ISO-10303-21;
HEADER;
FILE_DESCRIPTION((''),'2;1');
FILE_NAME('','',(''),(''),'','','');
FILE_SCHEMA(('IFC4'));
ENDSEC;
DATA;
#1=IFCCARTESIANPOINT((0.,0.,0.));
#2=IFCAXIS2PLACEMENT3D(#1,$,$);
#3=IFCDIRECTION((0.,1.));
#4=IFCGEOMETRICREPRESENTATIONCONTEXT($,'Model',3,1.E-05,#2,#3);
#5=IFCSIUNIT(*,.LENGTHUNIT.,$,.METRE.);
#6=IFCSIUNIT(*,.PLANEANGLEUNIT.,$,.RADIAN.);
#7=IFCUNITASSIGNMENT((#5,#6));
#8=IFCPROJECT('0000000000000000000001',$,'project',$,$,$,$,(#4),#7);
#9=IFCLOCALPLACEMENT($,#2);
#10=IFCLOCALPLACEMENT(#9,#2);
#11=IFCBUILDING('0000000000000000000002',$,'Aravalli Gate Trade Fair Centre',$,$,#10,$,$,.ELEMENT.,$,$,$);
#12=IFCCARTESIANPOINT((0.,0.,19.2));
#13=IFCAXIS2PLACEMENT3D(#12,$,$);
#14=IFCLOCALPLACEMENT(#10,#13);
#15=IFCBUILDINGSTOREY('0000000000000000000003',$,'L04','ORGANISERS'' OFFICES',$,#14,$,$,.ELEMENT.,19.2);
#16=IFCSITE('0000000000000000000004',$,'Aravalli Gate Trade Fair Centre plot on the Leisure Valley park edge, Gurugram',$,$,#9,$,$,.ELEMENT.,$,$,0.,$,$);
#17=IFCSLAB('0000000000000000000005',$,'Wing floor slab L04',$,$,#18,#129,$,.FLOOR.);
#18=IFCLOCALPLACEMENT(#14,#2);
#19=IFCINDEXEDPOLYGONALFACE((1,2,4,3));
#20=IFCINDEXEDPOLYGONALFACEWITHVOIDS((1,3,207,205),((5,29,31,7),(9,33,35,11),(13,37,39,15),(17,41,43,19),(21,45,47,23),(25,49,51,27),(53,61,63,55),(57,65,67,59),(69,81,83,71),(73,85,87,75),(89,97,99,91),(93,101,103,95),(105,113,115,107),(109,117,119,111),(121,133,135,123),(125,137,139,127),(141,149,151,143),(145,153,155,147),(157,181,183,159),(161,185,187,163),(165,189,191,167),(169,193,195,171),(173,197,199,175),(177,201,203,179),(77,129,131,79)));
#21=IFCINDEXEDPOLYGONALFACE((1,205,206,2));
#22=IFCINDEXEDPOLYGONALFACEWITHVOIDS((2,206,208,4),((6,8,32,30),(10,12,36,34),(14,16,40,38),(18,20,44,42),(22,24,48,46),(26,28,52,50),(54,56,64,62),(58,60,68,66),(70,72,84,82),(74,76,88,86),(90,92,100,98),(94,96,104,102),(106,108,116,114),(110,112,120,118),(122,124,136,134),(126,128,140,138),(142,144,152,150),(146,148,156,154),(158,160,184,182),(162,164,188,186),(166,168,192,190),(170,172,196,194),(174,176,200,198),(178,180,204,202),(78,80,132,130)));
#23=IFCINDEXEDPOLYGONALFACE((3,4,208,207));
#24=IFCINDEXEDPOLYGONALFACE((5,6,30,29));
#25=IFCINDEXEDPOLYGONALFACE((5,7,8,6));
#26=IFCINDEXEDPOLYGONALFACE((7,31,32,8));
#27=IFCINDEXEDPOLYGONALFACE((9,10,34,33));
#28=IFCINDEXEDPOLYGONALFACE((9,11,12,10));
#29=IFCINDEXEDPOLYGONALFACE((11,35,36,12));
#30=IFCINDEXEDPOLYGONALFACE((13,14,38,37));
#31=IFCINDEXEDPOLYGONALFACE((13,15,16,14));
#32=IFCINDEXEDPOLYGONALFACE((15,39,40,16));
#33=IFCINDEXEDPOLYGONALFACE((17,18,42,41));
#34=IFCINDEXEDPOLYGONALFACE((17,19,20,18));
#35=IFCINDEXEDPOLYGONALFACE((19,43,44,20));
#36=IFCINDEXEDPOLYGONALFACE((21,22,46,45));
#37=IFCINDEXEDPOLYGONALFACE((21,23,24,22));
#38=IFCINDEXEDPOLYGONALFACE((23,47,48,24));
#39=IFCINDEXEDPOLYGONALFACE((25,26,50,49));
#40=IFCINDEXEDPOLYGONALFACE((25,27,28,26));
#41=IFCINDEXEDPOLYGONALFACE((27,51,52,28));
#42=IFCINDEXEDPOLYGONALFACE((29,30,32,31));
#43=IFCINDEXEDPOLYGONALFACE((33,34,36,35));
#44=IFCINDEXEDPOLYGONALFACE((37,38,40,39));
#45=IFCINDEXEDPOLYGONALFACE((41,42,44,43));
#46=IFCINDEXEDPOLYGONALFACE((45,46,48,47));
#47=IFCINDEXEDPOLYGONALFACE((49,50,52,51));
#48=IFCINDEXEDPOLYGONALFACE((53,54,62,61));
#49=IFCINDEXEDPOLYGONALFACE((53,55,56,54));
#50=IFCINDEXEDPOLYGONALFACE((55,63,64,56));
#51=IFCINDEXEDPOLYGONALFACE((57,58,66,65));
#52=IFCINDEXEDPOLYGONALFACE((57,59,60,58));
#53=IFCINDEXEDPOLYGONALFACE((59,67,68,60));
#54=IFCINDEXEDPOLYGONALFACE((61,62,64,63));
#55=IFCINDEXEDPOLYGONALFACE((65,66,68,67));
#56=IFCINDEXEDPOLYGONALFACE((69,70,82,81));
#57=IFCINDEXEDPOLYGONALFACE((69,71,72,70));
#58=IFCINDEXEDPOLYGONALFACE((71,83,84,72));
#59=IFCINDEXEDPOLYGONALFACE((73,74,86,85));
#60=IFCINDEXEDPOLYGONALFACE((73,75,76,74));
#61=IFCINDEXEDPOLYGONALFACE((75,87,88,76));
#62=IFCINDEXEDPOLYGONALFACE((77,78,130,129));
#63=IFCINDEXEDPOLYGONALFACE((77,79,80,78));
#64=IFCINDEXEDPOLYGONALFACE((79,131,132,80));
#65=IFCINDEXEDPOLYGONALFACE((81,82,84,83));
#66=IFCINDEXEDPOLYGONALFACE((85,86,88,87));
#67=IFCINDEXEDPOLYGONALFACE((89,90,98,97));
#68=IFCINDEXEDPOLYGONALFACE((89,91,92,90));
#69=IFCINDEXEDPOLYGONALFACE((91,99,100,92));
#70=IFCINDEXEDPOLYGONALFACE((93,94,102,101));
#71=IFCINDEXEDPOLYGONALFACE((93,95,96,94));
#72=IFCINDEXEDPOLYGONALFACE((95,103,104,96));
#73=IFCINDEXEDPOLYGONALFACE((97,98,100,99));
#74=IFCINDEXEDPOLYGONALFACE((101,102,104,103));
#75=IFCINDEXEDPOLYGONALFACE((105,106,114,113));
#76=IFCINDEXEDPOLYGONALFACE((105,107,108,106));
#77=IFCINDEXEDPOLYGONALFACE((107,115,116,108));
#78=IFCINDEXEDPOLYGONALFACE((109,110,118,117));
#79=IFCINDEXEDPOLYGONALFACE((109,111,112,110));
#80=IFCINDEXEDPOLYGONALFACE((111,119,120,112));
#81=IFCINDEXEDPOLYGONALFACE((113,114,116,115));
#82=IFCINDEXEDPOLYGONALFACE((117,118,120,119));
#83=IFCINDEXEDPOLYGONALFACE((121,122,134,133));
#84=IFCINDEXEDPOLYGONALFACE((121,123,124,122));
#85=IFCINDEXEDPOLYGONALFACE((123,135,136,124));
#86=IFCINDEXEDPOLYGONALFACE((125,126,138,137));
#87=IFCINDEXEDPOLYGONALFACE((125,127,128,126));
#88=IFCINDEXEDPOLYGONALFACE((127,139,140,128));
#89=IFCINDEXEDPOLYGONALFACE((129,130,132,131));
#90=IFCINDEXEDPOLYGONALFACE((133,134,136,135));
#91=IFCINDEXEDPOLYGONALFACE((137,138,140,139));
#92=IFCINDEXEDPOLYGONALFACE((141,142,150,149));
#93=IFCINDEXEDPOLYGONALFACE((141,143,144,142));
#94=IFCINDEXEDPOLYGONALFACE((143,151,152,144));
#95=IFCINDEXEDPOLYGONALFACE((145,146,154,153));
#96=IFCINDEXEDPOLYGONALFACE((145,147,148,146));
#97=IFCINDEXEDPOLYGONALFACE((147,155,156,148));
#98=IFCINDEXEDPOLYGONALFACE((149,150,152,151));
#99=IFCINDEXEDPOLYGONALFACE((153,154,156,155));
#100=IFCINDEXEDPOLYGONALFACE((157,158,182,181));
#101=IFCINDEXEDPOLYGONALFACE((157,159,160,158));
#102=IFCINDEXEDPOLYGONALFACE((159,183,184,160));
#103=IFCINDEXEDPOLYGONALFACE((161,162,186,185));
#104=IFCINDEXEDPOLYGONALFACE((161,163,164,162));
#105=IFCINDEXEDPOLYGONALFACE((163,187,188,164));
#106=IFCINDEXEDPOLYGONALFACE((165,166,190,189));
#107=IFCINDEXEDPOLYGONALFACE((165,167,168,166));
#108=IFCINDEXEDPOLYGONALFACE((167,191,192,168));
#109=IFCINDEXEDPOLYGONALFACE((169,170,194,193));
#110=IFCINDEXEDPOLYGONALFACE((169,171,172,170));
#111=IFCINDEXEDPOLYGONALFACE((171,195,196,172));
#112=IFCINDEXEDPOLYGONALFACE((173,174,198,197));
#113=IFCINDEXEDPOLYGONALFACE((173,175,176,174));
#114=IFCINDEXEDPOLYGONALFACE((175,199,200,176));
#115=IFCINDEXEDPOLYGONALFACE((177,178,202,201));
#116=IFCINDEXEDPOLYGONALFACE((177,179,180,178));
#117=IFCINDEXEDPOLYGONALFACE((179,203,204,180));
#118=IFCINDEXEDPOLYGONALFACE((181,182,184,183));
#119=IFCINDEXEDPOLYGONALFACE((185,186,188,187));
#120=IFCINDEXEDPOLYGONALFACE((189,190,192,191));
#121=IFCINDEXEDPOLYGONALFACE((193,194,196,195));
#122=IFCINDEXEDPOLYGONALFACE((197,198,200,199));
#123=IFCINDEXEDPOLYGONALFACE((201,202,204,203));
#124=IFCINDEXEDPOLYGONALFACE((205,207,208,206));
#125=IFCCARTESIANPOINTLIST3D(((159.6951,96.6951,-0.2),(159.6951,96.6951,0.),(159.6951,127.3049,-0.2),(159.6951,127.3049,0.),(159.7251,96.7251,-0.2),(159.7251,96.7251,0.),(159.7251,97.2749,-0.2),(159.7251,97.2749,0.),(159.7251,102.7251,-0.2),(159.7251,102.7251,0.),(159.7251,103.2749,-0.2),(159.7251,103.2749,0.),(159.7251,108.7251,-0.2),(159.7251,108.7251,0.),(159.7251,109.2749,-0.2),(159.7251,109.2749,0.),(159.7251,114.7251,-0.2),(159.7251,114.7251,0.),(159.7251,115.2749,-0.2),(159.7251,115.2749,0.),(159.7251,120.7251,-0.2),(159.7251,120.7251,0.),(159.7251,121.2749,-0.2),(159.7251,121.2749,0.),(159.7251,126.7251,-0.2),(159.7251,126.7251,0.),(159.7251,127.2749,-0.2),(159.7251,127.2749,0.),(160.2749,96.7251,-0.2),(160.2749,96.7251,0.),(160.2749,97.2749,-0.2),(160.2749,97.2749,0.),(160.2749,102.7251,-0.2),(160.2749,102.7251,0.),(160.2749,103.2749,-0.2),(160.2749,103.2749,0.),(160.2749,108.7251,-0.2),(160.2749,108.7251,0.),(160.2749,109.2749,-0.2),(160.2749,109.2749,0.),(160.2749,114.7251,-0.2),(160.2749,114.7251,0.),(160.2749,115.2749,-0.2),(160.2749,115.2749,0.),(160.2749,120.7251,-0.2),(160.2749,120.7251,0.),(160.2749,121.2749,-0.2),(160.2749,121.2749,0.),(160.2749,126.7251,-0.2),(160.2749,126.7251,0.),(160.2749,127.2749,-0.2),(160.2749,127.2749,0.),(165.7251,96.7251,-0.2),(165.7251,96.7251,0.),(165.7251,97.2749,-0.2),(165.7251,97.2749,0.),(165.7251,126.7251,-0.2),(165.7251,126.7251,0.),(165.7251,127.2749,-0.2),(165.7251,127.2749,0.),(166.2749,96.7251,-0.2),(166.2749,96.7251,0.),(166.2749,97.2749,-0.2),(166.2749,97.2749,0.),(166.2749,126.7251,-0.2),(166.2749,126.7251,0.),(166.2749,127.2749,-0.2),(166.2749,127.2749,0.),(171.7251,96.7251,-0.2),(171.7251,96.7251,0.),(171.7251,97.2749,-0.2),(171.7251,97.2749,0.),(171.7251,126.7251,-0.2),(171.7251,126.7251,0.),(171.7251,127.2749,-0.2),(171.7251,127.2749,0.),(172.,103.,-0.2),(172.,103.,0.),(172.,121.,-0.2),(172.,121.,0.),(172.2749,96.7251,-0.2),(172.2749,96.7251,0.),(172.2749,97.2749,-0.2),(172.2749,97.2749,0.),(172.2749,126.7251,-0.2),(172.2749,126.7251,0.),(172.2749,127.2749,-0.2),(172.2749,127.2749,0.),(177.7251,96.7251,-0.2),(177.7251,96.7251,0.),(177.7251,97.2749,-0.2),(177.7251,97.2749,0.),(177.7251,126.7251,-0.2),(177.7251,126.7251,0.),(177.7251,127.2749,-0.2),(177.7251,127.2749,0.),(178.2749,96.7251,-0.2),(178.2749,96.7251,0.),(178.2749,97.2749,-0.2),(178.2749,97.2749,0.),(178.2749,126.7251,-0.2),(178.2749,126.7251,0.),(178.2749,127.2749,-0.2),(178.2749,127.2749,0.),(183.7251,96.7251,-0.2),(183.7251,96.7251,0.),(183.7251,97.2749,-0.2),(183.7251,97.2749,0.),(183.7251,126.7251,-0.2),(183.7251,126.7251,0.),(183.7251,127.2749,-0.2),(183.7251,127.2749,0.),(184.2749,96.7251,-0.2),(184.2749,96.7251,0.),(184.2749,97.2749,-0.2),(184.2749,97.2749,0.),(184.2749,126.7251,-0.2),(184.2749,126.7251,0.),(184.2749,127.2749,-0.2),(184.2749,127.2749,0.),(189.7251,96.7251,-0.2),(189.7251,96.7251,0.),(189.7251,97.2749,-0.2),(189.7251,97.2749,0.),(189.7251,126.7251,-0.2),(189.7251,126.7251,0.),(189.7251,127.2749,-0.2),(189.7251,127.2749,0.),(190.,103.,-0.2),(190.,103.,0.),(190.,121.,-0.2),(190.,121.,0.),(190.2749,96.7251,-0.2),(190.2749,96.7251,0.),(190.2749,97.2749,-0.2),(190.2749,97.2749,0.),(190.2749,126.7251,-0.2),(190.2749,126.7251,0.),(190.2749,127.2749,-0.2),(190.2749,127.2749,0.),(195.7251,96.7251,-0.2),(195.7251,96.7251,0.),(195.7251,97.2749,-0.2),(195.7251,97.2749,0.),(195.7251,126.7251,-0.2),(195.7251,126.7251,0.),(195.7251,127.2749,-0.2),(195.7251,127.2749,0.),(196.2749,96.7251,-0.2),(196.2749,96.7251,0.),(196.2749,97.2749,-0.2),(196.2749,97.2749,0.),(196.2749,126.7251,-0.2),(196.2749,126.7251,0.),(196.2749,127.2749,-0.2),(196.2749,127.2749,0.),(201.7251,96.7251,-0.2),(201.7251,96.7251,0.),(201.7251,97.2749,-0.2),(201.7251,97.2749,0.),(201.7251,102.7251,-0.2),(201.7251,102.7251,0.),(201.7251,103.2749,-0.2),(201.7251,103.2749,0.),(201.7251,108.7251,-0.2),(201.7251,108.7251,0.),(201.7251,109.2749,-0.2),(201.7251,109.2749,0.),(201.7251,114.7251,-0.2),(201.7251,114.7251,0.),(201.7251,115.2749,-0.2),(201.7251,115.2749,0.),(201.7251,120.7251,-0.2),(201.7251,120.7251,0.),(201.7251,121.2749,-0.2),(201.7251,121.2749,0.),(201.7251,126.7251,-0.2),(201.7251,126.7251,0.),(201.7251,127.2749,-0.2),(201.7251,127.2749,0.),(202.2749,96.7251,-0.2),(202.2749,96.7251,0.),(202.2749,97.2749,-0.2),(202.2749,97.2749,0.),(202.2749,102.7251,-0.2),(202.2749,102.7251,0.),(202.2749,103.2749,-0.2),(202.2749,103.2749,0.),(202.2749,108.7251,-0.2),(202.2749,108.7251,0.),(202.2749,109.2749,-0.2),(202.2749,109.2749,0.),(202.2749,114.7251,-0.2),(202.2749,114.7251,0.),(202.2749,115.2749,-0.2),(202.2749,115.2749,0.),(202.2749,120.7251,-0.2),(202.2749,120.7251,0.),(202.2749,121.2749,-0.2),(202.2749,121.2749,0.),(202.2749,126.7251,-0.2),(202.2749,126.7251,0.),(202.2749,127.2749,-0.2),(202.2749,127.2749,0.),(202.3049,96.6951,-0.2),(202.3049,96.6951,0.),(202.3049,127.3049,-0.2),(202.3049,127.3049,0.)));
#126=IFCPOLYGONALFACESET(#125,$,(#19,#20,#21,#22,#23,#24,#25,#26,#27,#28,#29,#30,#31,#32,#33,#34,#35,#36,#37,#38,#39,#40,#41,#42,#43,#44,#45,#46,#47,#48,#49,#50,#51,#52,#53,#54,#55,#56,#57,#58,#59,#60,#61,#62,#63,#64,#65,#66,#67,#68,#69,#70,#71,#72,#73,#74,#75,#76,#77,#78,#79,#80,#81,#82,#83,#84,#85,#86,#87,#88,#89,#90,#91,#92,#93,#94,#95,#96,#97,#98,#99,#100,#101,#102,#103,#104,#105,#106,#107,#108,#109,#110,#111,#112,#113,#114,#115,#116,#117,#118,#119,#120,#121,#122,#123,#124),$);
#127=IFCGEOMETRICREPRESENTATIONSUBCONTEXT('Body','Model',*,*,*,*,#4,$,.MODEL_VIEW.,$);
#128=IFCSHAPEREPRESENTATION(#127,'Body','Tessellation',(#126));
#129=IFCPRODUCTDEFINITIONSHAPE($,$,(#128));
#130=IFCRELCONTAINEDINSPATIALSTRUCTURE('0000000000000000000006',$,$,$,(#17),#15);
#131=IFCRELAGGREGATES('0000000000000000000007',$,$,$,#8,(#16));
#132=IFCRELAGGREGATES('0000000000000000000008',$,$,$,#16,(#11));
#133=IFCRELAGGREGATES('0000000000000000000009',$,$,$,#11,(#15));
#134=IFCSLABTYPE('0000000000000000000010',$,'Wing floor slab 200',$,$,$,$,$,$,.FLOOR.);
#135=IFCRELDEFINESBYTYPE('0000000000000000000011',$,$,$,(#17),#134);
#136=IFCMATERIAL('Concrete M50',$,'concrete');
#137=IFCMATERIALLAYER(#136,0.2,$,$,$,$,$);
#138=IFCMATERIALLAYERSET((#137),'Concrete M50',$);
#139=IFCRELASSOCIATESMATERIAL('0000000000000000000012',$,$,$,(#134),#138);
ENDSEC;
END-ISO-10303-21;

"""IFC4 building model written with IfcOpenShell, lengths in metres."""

from ifc_helpers import new_model, si_unit, direction, frame, origin, place, context, subcontext, project, spatial, polyline, outline, extrude, material, layer, layer_set, type_object, element, save


model = new_model("IFC4")

# Units and contexts
model_context = context("Model", 3, precision=1e-05, world=origin(), true_north=direction((0.0, 1.0)))
body_context = subcontext(model_context, "Body", "Model", "MODEL_VIEW")
ifc_project = project(units=[si_unit("LENGTHUNIT", "METRE"), si_unit("PLANEANGLEUNIT", "RADIAN")], contexts=[model_context])

# Site, building, storey
site_placement = place(None, origin())
site = spatial("IfcSite", under=ifc_project, at=site_placement, Name="Aravalli Gate Trade Fair Centre plot on the Leisure Valley park edge, Gurugram", CompositionType="ELEMENT", RefElevation=0.0)
building_placement = place(site_placement, origin())
building = spatial("IfcBuilding", under=site, at=building_placement, Name="Aravalli Gate Trade Fair Centre", CompositionType="ELEMENT")
storey_placement = place(building_placement, frame((0.0, 0.0, 19.2)))
storey = spatial("IfcBuildingStorey", under=building, at=storey_placement, Name="L04", Description="ORGANISERS' OFFICES", CompositionType="ELEMENT", Elevation=19.2)

# Slab
ifc_material_1 = material(Name="Concrete M50", Category="concrete")
ifc_layer_1 = layer(ifc_material_1, 0.2)
ifc_layer_set_1 = layer_set([ifc_layer_1], Name="Concrete M50")
slab_type_1 = type_object("IfcSlabType", Name="Wing floor slab 200", PredefinedType="FLOOR", material=ifc_layer_set_1)
slab_1_placement = place(storey_placement, frame((0.0, 0.0, -0.2)))
element("IfcSlab", 1, at=slab_1_placement, inside=storey, type_object=slab_type_1, Name="Wing floor slab L04", PredefinedType="FLOOR", context=body_context, shape_type="SweptSolid", body=[
    extrude(outline(polyline([(159.6951, 127.3049), (202.3049, 127.3049), (202.3049, 96.6951), (159.6951, 96.6951), (159.6951, 127.3049)]), holes=[polyline([(160.2749, 97.2749), (159.7251, 97.2749), (159.7251, 96.7251), (160.2749, 96.7251), (160.2749, 97.2749)]), polyline([(166.2749, 97.2749), (165.7251, 97.2749), (165.7251, 96.7251), (166.2749, 96.7251), (166.2749, 97.2749)]), polyline([(172.2749, 97.2749), (171.7251, 97.2749), (171.7251, 96.7251), (172.2749, 96.7251), (172.2749, 97.2749)]), polyline([(178.2749, 97.2749), (177.7251, 97.2749), (177.7251, 96.7251), (178.2749, 96.7251), (178.2749, 97.2749)]), polyline([(160.2749, 103.2749), (159.7251, 103.2749), (159.7251, 102.7251), (160.2749, 102.7251), (160.2749, 103.2749)]), polyline([(160.2749, 109.2749), (159.7251, 109.2749), (159.7251, 108.7251), (160.2749, 108.7251), (160.2749, 109.2749)]), polyline([(160.2749, 115.2749), (159.7251, 115.2749), (159.7251, 114.7251), (160.2749, 114.7251), (160.2749, 115.2749)]), polyline([(160.2749, 121.2749), (159.7251, 121.2749), (159.7251, 120.7251), (160.2749, 120.7251), (160.2749, 121.2749)]), polyline([(160.2749, 127.2749), (159.7251, 127.2749), (159.7251, 126.7251), (160.2749, 126.7251), (160.2749, 127.2749)]), polyline([(166.2749, 127.2749), (165.7251, 127.2749), (165.7251, 126.7251), (166.2749, 126.7251), (166.2749, 127.2749)]), polyline([(172.2749, 127.2749), (171.7251, 127.2749), (171.7251, 126.7251), (172.2749, 126.7251), (172.2749, 127.2749)]), polyline([(178.2749, 127.2749), (177.7251, 127.2749), (177.7251, 126.7251), (178.2749, 126.7251), (178.2749, 127.2749)]), polyline([(184.2749, 97.2749), (183.7251, 97.2749), (183.7251, 96.7251), (184.2749, 96.7251), (184.2749, 97.2749)]), polyline([(190.2749, 97.2749), (189.7251, 97.2749), (189.7251, 96.7251), (190.2749, 96.7251), (190.2749, 97.2749)]), polyline([(196.2749, 97.2749), (195.7251, 97.2749), (195.7251, 96.7251), (196.2749, 96.7251), (196.2749, 97.2749)]), polyline([(202.2749, 97.2749), (201.7251, 97.2749), (201.7251, 96.7251), (202.2749, 96.7251), (202.2749, 97.2749)]), polyline([(202.2749, 103.2749), (201.7251, 103.2749), (201.7251, 102.7251), (202.2749, 102.7251), (202.2749, 103.2749)]), polyline([(202.2749, 109.2749), (201.7251, 109.2749), (201.7251, 108.7251), (202.2749, 108.7251), (202.2749, 109.2749)]), polyline([(202.2749, 115.2749), (201.7251, 115.2749), (201.7251, 114.7251), (202.2749, 114.7251), (202.2749, 115.2749)]), polyline([(202.2749, 121.2749), (201.7251, 121.2749), (201.7251, 120.7251), (202.2749, 120.7251), (202.2749, 121.2749)]), polyline([(184.2749, 127.2749), (183.7251, 127.2749), (183.7251, 126.7251), (184.2749, 126.7251), (184.2749, 127.2749)]), polyline([(190.2749, 127.2749), (189.7251, 127.2749), (189.7251, 126.7251), (190.2749, 126.7251), (190.2749, 127.2749)]), polyline([(196.2749, 127.2749), (195.7251, 127.2749), (195.7251, 126.7251), (196.2749, 126.7251), (196.2749, 127.2749)]), polyline([(202.2749, 127.2749), (201.7251, 127.2749), (201.7251, 126.7251), (202.2749, 126.7251), (202.2749, 127.2749)]), polyline([(190.0, 121.0), (172.0, 121.0), (172.0, 103.0), (190.0, 103.0), (190.0, 121.0)])]), origin(), (0.0, 0.0, 1.0), 0.2),
])

save(model, "model.ifc")
